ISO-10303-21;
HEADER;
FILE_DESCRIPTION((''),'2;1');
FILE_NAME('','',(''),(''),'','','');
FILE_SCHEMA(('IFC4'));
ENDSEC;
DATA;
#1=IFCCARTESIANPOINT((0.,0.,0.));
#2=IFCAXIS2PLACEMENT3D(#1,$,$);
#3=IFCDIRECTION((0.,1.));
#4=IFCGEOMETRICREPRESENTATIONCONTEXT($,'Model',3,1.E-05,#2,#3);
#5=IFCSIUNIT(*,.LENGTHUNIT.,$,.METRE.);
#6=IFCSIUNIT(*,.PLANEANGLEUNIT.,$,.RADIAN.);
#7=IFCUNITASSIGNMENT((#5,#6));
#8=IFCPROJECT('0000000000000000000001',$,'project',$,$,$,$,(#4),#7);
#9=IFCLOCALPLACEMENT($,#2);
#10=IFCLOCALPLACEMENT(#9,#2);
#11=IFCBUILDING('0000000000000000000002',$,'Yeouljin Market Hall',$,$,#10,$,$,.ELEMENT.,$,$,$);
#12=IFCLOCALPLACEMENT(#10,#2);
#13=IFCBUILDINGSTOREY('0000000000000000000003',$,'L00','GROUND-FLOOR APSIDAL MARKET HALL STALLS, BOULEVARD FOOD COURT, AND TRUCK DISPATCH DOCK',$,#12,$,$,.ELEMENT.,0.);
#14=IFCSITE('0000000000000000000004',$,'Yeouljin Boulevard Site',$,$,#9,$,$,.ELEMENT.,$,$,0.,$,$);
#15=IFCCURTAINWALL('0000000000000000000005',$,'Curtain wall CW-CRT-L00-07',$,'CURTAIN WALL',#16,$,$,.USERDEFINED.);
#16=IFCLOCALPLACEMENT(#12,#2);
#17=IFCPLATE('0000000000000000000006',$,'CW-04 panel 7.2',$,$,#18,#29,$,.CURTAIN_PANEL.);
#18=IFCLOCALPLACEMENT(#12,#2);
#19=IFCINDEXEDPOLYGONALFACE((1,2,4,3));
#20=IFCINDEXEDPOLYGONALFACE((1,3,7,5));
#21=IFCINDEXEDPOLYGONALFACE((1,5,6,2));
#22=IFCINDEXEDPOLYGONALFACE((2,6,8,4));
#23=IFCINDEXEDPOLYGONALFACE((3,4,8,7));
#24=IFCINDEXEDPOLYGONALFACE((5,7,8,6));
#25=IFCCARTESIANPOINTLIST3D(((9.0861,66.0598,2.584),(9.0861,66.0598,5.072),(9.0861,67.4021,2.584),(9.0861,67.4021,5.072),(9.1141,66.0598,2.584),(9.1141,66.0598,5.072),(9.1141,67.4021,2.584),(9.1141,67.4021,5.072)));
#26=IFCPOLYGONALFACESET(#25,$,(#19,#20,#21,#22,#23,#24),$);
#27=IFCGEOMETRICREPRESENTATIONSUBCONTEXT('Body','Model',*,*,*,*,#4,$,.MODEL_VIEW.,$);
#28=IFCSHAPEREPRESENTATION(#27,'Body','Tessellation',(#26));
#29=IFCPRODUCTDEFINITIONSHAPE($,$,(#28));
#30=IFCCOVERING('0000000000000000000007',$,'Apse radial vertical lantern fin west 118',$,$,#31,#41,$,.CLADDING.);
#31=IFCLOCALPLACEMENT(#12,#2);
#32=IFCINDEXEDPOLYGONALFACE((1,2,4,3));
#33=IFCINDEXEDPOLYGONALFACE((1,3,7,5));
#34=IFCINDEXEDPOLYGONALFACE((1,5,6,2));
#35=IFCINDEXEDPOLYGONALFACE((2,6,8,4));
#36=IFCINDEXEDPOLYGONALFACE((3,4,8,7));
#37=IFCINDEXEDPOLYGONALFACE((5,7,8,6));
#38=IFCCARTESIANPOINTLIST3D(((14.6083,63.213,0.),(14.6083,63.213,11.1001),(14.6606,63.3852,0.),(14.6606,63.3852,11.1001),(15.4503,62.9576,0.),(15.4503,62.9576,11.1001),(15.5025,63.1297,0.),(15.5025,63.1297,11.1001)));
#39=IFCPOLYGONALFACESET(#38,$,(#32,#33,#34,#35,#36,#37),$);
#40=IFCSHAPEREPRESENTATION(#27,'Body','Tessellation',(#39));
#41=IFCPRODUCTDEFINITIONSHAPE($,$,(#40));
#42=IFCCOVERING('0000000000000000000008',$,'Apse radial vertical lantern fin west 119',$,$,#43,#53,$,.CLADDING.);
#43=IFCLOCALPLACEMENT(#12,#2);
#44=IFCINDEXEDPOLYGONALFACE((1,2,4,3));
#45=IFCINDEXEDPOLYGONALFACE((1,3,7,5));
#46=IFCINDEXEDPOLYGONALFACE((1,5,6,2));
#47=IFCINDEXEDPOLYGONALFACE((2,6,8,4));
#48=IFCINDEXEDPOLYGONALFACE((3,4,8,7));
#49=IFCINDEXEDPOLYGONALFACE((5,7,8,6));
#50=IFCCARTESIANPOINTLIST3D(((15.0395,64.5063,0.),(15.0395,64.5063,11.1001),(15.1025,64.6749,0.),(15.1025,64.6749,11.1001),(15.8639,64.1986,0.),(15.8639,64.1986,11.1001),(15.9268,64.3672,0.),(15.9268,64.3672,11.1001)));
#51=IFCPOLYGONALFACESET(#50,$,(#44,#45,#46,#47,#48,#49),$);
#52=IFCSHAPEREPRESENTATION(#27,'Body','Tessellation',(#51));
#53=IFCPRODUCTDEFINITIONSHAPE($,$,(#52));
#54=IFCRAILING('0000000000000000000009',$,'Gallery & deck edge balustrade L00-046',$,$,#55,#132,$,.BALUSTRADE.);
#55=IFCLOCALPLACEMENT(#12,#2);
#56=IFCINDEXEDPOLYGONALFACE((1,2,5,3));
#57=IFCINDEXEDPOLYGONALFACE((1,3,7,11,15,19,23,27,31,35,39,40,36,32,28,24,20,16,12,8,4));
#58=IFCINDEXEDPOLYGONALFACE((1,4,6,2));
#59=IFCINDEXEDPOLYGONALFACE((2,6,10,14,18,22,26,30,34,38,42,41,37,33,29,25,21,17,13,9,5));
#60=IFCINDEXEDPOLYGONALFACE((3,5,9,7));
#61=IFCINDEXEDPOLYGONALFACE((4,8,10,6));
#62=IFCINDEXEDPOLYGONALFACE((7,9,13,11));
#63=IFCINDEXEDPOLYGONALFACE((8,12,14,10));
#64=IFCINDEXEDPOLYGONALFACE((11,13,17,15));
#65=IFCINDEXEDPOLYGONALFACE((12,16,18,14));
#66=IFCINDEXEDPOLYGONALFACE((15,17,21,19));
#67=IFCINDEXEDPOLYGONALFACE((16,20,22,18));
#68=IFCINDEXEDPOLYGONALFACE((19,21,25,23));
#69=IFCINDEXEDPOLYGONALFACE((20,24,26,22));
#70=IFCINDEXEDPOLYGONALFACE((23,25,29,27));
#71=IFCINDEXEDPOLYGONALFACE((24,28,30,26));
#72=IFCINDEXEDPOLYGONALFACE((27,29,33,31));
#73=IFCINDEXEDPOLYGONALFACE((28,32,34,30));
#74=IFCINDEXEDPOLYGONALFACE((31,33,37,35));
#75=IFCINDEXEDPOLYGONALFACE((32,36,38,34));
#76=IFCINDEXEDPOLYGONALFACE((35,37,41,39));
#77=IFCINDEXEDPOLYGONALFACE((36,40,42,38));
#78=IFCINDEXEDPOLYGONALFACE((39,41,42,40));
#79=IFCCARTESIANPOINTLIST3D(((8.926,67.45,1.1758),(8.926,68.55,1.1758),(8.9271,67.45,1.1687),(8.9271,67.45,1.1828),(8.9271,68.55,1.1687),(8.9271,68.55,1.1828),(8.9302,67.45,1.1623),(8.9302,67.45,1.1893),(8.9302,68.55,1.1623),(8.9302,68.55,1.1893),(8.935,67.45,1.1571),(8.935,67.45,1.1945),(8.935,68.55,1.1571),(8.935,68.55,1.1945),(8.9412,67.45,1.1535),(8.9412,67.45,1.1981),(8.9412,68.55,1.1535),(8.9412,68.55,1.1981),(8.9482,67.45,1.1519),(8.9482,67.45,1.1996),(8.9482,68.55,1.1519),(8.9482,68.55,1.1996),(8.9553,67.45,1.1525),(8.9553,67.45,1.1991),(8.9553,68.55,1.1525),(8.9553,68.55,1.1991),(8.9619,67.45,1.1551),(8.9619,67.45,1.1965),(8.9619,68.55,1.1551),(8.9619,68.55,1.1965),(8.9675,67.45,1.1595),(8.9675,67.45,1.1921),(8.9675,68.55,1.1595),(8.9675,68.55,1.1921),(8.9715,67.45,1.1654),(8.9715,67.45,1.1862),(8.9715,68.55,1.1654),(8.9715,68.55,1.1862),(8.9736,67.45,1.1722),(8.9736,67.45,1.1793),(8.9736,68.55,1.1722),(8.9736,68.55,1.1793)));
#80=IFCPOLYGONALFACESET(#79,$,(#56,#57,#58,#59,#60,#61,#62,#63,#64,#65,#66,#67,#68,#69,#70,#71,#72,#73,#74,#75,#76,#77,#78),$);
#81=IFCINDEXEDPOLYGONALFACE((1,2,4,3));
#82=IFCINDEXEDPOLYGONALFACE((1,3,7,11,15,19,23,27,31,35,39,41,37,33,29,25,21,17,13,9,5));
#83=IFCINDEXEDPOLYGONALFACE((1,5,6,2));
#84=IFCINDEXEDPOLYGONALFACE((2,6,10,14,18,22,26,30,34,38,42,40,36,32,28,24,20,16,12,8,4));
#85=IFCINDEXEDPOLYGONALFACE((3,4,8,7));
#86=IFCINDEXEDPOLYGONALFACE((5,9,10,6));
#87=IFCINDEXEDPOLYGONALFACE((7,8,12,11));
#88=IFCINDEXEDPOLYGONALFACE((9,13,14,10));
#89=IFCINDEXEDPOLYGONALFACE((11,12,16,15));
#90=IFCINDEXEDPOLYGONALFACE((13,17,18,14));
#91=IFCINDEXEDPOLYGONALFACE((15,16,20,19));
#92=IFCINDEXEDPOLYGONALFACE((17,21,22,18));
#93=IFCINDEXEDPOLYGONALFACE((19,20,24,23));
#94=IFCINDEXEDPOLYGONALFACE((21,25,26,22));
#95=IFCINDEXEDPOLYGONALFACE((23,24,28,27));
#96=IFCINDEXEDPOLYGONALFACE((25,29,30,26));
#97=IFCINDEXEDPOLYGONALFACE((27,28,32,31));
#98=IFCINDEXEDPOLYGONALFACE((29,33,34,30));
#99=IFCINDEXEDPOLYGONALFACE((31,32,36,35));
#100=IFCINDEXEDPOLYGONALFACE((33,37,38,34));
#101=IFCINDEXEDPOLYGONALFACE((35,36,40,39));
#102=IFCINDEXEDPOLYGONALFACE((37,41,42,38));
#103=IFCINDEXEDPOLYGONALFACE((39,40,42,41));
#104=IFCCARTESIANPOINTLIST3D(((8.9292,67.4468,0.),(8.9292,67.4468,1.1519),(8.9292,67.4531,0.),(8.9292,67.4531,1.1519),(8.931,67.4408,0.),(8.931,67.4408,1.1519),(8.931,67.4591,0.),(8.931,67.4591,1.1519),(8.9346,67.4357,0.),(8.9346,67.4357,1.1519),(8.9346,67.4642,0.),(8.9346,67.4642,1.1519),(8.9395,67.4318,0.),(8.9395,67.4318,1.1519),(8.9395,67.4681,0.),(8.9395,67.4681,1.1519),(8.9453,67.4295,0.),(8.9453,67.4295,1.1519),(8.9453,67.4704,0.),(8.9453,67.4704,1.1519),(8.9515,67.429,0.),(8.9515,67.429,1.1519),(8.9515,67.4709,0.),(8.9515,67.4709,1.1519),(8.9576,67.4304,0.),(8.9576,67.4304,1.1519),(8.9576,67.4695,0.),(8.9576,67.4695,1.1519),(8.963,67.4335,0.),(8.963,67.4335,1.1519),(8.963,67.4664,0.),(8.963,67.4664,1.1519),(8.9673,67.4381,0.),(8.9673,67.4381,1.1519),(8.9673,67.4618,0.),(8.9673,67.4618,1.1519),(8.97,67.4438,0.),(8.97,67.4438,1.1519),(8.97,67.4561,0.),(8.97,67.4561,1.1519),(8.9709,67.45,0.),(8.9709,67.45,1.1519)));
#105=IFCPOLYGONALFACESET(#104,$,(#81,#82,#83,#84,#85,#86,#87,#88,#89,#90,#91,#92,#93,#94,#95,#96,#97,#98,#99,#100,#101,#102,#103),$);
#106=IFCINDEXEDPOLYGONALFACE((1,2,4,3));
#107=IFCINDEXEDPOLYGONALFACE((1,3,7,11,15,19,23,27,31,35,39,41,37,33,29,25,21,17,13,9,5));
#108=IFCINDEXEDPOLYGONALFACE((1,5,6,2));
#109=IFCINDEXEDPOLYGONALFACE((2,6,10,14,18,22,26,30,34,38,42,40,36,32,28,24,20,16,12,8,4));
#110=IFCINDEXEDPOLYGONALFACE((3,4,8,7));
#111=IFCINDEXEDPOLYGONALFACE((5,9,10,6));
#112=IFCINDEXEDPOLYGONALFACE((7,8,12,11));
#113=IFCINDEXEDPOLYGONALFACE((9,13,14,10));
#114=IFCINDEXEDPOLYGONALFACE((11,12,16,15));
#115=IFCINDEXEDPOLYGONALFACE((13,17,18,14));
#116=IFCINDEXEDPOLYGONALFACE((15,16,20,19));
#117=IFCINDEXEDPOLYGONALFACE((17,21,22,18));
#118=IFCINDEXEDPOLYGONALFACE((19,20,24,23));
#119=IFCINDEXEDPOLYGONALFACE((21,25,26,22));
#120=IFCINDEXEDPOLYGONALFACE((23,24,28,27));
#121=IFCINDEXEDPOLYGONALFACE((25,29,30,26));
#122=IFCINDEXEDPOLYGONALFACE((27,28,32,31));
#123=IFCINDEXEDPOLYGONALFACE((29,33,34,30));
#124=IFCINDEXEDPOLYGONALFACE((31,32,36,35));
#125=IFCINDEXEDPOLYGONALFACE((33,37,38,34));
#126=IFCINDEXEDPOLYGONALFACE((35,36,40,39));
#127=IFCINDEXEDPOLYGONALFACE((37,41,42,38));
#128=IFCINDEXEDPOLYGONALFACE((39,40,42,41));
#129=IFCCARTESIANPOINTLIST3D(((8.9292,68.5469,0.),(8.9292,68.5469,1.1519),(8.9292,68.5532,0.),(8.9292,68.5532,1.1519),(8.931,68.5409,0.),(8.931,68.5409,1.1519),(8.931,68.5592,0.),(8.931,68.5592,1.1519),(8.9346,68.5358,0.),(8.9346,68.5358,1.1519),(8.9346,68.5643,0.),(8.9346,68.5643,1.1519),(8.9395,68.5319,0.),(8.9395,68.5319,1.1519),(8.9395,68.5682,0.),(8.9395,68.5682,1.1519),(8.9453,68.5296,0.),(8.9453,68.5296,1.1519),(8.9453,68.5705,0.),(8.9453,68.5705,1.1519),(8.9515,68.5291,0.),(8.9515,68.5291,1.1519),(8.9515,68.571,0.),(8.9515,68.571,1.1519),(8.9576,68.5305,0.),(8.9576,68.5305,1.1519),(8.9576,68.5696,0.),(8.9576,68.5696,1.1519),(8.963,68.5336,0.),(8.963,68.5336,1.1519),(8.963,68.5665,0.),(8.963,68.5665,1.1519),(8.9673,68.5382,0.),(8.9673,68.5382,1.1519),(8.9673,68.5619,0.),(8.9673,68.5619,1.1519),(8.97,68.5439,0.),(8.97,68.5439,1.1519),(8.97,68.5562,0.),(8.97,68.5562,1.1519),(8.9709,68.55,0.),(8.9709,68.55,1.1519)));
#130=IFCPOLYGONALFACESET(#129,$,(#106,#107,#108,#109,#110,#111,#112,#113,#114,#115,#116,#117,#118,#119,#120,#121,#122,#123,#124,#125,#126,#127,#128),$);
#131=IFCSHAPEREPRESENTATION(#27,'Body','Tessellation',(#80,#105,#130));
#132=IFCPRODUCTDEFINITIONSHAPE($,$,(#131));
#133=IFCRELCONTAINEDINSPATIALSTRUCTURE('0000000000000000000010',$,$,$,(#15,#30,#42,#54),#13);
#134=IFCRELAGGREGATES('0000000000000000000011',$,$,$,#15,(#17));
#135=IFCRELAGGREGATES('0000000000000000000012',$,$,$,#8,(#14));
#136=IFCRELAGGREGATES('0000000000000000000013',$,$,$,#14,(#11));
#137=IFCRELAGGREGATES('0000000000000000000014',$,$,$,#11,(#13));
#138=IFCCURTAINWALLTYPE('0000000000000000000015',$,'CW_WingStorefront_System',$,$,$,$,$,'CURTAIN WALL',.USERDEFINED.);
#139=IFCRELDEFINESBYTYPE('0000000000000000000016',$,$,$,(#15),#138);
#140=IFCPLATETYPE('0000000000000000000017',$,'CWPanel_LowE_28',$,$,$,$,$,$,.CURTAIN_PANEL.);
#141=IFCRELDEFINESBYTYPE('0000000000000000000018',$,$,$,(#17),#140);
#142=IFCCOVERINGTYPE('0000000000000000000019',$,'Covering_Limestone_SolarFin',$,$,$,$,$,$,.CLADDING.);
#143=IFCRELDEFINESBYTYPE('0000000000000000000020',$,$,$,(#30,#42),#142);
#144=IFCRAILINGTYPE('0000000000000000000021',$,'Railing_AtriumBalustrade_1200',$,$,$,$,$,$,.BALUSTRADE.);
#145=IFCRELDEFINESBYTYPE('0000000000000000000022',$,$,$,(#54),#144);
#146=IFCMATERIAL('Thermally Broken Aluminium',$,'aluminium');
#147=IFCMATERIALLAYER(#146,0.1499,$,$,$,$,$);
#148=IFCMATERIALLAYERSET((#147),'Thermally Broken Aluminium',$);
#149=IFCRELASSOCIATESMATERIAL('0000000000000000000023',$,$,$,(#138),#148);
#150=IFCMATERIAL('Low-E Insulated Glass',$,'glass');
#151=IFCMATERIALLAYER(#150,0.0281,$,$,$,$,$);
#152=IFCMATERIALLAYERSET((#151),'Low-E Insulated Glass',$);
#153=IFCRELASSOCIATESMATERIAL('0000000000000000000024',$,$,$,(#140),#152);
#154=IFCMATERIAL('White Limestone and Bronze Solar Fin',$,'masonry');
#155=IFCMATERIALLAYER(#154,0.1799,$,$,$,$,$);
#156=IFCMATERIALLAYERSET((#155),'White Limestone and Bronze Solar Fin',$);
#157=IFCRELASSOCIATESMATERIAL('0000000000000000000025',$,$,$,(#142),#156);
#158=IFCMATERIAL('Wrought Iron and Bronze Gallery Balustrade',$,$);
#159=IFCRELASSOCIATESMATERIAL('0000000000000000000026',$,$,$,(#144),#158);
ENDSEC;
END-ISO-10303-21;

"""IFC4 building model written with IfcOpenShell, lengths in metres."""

from ifc_helpers import new_model, si_unit, direction, frame, origin, origin_2d, place, context, subcontext, project, spatial, rectangle, circle, extrude, material, layer, layer_set, type_object, element, aggregate, save


model = new_model("IFC4")

# Units and contexts
model_context = context("Model", 3, precision=1e-05, world=origin(), true_north=direction((0.0, 1.0)))
body_context = subcontext(model_context, "Body", "Model", "MODEL_VIEW")
ifc_project = project(units=[si_unit("LENGTHUNIT", "METRE"), si_unit("PLANEANGLEUNIT", "RADIAN")], contexts=[model_context])

# Site, building, storey
site_placement = place(None, origin())
site = spatial("IfcSite", under=ifc_project, at=site_placement, Name="Yeouljin Boulevard Site", CompositionType="ELEMENT", RefElevation=0.0)
building_placement = place(site_placement, origin())
building = spatial("IfcBuilding", under=site, at=building_placement, Name="Yeouljin Market Hall", CompositionType="ELEMENT")
storey_placement = place(building_placement, origin())
storey = spatial("IfcBuildingStorey", under=building, at=storey_placement, Name="L00", Description="GROUND-FLOOR APSIDAL MARKET HALL STALLS, BOULEVARD FOOD COURT, AND TRUCK DISPATCH DOCK", CompositionType="ELEMENT", Elevation=0.0)

# Curtain wall
ifc_material_1 = material(Name="Thermally Broken Aluminium", Category="aluminium")
ifc_layer_1 = layer(ifc_material_1, 0.1499)
ifc_layer_set_1 = layer_set([ifc_layer_1], Name="Thermally Broken Aluminium")
curtain_wall_type_1 = type_object("IfcCurtainWallType", Name="CW_WingStorefront_System", ElementType="CURTAIN WALL", PredefinedType="USERDEFINED", material=ifc_layer_set_1)
curtain_wall_1_placement = place(storey_placement, origin())
curtain_wall_1 = element("IfcCurtainWall", 1, at=curtain_wall_1_placement, inside=storey, type_object=curtain_wall_type_1, Name="Curtain wall CW-CRT-L00-07", ObjectType="CURTAIN WALL", PredefinedType="USERDEFINED")

# Plate
ifc_material_2 = material(Name="Low-E Insulated Glass", Category="glass")
ifc_layer_2 = layer(ifc_material_2, 0.0281)
ifc_layer_set_2 = layer_set([ifc_layer_2], Name="Low-E Insulated Glass")
plate_type_1 = type_object("IfcPlateType", Name="CWPanel_LowE_28", PredefinedType="CURTAIN_PANEL", material=ifc_layer_set_2)
plate_1_placement = place(storey_placement, frame((9.1001, 66.731, 2.584), z_axis=(0.0, 0.0, 1.0), x_axis=(0.0, 1.0, 0.0)))
plate_1 = element("IfcPlate", 2, at=plate_1_placement, type_object=plate_type_1, Name="CW-04 panel 7.2", PredefinedType="CURTAIN_PANEL", context=body_context, shape_type="SweptSolid", body=[
    extrude(rectangle(XDim=1.3423, YDim=0.0281, at=origin_2d()), origin(), (0.0, 0.0, 1.0), 2.488),
])
aggregate(curtain_wall_1, [plate_1])

# Coverings
ifc_material_3 = material(Name="White Limestone and Bronze Solar Fin", Category="masonry")
ifc_layer_3 = layer(ifc_material_3, 0.1799)
ifc_layer_set_3 = layer_set([ifc_layer_3], Name="White Limestone and Bronze Solar Fin")
covering_type = type_object("IfcCoveringType", Name="Covering_Limestone_SolarFin", PredefinedType="CLADDING", material=ifc_layer_set_3)
for number, where, z_axis, x_axis, name in (
    (3, (15.0554, 63.1714, 0.0), (0.0, 0.0, 1.0), (-0.956915, 0.290368, 0.0), "Apse radial vertical lantern fin west 118"),
    (4, (15.4832, 64.4368, 0.0), (0.0, 0.0, 1.0), (-0.936855, 0.349717, 0.0), "Apse radial vertical lantern fin west 119"),
):
    element("IfcCovering", number, at=place(storey_placement, frame(where, z_axis=z_axis, x_axis=x_axis)), inside=storey, type_object=covering_type, Name=name, PredefinedType="CLADDING", context=body_context, shape_type="SweptSolid", body=[
        extrude(rectangle(XDim=0.8799, YDim=0.1799, at=origin_2d()), origin(), (0.0, 0.0, 1.0), 11.1001),
    ])

# Railing
ifc_material_4 = material(Name="Wrought Iron and Bronze Gallery Balustrade")
railing_type = type_object("IfcRailingType", Name="Railing_AtriumBalustrade_1200", PredefinedType="BALUSTRADE", material=ifc_material_4)
railing_placement = place(storey_placement, frame((8.95, 67.45, 0.0)))
element("IfcRailing", 5, at=railing_placement, inside=storey, type_object=railing_type, Name="Gallery & deck edge balustrade L00-046", PredefinedType="BALUSTRADE", context=body_context, shape_type="SweptSolid", body=[
    extrude(circle(Radius=0.0239, at=origin_2d()), frame((0.0, 0.0, 1.1758), z_axis=(0.0, 1.0, 0.0), x_axis=(-1.0, 0.0, 0.0)), (0.0, 0.0, 1.0), 1.1001),
    extrude(circle(Radius=0.021, at=origin_2d()), origin(), (0.0, 0.0, 1.0), 1.1519),
    extrude(circle(Radius=0.021, at=origin_2d()), frame((0.0, 1.1001, 0.0)), (0.0, 0.0, 1.0), 1.1519),
])

save(model, "model.ifc")
